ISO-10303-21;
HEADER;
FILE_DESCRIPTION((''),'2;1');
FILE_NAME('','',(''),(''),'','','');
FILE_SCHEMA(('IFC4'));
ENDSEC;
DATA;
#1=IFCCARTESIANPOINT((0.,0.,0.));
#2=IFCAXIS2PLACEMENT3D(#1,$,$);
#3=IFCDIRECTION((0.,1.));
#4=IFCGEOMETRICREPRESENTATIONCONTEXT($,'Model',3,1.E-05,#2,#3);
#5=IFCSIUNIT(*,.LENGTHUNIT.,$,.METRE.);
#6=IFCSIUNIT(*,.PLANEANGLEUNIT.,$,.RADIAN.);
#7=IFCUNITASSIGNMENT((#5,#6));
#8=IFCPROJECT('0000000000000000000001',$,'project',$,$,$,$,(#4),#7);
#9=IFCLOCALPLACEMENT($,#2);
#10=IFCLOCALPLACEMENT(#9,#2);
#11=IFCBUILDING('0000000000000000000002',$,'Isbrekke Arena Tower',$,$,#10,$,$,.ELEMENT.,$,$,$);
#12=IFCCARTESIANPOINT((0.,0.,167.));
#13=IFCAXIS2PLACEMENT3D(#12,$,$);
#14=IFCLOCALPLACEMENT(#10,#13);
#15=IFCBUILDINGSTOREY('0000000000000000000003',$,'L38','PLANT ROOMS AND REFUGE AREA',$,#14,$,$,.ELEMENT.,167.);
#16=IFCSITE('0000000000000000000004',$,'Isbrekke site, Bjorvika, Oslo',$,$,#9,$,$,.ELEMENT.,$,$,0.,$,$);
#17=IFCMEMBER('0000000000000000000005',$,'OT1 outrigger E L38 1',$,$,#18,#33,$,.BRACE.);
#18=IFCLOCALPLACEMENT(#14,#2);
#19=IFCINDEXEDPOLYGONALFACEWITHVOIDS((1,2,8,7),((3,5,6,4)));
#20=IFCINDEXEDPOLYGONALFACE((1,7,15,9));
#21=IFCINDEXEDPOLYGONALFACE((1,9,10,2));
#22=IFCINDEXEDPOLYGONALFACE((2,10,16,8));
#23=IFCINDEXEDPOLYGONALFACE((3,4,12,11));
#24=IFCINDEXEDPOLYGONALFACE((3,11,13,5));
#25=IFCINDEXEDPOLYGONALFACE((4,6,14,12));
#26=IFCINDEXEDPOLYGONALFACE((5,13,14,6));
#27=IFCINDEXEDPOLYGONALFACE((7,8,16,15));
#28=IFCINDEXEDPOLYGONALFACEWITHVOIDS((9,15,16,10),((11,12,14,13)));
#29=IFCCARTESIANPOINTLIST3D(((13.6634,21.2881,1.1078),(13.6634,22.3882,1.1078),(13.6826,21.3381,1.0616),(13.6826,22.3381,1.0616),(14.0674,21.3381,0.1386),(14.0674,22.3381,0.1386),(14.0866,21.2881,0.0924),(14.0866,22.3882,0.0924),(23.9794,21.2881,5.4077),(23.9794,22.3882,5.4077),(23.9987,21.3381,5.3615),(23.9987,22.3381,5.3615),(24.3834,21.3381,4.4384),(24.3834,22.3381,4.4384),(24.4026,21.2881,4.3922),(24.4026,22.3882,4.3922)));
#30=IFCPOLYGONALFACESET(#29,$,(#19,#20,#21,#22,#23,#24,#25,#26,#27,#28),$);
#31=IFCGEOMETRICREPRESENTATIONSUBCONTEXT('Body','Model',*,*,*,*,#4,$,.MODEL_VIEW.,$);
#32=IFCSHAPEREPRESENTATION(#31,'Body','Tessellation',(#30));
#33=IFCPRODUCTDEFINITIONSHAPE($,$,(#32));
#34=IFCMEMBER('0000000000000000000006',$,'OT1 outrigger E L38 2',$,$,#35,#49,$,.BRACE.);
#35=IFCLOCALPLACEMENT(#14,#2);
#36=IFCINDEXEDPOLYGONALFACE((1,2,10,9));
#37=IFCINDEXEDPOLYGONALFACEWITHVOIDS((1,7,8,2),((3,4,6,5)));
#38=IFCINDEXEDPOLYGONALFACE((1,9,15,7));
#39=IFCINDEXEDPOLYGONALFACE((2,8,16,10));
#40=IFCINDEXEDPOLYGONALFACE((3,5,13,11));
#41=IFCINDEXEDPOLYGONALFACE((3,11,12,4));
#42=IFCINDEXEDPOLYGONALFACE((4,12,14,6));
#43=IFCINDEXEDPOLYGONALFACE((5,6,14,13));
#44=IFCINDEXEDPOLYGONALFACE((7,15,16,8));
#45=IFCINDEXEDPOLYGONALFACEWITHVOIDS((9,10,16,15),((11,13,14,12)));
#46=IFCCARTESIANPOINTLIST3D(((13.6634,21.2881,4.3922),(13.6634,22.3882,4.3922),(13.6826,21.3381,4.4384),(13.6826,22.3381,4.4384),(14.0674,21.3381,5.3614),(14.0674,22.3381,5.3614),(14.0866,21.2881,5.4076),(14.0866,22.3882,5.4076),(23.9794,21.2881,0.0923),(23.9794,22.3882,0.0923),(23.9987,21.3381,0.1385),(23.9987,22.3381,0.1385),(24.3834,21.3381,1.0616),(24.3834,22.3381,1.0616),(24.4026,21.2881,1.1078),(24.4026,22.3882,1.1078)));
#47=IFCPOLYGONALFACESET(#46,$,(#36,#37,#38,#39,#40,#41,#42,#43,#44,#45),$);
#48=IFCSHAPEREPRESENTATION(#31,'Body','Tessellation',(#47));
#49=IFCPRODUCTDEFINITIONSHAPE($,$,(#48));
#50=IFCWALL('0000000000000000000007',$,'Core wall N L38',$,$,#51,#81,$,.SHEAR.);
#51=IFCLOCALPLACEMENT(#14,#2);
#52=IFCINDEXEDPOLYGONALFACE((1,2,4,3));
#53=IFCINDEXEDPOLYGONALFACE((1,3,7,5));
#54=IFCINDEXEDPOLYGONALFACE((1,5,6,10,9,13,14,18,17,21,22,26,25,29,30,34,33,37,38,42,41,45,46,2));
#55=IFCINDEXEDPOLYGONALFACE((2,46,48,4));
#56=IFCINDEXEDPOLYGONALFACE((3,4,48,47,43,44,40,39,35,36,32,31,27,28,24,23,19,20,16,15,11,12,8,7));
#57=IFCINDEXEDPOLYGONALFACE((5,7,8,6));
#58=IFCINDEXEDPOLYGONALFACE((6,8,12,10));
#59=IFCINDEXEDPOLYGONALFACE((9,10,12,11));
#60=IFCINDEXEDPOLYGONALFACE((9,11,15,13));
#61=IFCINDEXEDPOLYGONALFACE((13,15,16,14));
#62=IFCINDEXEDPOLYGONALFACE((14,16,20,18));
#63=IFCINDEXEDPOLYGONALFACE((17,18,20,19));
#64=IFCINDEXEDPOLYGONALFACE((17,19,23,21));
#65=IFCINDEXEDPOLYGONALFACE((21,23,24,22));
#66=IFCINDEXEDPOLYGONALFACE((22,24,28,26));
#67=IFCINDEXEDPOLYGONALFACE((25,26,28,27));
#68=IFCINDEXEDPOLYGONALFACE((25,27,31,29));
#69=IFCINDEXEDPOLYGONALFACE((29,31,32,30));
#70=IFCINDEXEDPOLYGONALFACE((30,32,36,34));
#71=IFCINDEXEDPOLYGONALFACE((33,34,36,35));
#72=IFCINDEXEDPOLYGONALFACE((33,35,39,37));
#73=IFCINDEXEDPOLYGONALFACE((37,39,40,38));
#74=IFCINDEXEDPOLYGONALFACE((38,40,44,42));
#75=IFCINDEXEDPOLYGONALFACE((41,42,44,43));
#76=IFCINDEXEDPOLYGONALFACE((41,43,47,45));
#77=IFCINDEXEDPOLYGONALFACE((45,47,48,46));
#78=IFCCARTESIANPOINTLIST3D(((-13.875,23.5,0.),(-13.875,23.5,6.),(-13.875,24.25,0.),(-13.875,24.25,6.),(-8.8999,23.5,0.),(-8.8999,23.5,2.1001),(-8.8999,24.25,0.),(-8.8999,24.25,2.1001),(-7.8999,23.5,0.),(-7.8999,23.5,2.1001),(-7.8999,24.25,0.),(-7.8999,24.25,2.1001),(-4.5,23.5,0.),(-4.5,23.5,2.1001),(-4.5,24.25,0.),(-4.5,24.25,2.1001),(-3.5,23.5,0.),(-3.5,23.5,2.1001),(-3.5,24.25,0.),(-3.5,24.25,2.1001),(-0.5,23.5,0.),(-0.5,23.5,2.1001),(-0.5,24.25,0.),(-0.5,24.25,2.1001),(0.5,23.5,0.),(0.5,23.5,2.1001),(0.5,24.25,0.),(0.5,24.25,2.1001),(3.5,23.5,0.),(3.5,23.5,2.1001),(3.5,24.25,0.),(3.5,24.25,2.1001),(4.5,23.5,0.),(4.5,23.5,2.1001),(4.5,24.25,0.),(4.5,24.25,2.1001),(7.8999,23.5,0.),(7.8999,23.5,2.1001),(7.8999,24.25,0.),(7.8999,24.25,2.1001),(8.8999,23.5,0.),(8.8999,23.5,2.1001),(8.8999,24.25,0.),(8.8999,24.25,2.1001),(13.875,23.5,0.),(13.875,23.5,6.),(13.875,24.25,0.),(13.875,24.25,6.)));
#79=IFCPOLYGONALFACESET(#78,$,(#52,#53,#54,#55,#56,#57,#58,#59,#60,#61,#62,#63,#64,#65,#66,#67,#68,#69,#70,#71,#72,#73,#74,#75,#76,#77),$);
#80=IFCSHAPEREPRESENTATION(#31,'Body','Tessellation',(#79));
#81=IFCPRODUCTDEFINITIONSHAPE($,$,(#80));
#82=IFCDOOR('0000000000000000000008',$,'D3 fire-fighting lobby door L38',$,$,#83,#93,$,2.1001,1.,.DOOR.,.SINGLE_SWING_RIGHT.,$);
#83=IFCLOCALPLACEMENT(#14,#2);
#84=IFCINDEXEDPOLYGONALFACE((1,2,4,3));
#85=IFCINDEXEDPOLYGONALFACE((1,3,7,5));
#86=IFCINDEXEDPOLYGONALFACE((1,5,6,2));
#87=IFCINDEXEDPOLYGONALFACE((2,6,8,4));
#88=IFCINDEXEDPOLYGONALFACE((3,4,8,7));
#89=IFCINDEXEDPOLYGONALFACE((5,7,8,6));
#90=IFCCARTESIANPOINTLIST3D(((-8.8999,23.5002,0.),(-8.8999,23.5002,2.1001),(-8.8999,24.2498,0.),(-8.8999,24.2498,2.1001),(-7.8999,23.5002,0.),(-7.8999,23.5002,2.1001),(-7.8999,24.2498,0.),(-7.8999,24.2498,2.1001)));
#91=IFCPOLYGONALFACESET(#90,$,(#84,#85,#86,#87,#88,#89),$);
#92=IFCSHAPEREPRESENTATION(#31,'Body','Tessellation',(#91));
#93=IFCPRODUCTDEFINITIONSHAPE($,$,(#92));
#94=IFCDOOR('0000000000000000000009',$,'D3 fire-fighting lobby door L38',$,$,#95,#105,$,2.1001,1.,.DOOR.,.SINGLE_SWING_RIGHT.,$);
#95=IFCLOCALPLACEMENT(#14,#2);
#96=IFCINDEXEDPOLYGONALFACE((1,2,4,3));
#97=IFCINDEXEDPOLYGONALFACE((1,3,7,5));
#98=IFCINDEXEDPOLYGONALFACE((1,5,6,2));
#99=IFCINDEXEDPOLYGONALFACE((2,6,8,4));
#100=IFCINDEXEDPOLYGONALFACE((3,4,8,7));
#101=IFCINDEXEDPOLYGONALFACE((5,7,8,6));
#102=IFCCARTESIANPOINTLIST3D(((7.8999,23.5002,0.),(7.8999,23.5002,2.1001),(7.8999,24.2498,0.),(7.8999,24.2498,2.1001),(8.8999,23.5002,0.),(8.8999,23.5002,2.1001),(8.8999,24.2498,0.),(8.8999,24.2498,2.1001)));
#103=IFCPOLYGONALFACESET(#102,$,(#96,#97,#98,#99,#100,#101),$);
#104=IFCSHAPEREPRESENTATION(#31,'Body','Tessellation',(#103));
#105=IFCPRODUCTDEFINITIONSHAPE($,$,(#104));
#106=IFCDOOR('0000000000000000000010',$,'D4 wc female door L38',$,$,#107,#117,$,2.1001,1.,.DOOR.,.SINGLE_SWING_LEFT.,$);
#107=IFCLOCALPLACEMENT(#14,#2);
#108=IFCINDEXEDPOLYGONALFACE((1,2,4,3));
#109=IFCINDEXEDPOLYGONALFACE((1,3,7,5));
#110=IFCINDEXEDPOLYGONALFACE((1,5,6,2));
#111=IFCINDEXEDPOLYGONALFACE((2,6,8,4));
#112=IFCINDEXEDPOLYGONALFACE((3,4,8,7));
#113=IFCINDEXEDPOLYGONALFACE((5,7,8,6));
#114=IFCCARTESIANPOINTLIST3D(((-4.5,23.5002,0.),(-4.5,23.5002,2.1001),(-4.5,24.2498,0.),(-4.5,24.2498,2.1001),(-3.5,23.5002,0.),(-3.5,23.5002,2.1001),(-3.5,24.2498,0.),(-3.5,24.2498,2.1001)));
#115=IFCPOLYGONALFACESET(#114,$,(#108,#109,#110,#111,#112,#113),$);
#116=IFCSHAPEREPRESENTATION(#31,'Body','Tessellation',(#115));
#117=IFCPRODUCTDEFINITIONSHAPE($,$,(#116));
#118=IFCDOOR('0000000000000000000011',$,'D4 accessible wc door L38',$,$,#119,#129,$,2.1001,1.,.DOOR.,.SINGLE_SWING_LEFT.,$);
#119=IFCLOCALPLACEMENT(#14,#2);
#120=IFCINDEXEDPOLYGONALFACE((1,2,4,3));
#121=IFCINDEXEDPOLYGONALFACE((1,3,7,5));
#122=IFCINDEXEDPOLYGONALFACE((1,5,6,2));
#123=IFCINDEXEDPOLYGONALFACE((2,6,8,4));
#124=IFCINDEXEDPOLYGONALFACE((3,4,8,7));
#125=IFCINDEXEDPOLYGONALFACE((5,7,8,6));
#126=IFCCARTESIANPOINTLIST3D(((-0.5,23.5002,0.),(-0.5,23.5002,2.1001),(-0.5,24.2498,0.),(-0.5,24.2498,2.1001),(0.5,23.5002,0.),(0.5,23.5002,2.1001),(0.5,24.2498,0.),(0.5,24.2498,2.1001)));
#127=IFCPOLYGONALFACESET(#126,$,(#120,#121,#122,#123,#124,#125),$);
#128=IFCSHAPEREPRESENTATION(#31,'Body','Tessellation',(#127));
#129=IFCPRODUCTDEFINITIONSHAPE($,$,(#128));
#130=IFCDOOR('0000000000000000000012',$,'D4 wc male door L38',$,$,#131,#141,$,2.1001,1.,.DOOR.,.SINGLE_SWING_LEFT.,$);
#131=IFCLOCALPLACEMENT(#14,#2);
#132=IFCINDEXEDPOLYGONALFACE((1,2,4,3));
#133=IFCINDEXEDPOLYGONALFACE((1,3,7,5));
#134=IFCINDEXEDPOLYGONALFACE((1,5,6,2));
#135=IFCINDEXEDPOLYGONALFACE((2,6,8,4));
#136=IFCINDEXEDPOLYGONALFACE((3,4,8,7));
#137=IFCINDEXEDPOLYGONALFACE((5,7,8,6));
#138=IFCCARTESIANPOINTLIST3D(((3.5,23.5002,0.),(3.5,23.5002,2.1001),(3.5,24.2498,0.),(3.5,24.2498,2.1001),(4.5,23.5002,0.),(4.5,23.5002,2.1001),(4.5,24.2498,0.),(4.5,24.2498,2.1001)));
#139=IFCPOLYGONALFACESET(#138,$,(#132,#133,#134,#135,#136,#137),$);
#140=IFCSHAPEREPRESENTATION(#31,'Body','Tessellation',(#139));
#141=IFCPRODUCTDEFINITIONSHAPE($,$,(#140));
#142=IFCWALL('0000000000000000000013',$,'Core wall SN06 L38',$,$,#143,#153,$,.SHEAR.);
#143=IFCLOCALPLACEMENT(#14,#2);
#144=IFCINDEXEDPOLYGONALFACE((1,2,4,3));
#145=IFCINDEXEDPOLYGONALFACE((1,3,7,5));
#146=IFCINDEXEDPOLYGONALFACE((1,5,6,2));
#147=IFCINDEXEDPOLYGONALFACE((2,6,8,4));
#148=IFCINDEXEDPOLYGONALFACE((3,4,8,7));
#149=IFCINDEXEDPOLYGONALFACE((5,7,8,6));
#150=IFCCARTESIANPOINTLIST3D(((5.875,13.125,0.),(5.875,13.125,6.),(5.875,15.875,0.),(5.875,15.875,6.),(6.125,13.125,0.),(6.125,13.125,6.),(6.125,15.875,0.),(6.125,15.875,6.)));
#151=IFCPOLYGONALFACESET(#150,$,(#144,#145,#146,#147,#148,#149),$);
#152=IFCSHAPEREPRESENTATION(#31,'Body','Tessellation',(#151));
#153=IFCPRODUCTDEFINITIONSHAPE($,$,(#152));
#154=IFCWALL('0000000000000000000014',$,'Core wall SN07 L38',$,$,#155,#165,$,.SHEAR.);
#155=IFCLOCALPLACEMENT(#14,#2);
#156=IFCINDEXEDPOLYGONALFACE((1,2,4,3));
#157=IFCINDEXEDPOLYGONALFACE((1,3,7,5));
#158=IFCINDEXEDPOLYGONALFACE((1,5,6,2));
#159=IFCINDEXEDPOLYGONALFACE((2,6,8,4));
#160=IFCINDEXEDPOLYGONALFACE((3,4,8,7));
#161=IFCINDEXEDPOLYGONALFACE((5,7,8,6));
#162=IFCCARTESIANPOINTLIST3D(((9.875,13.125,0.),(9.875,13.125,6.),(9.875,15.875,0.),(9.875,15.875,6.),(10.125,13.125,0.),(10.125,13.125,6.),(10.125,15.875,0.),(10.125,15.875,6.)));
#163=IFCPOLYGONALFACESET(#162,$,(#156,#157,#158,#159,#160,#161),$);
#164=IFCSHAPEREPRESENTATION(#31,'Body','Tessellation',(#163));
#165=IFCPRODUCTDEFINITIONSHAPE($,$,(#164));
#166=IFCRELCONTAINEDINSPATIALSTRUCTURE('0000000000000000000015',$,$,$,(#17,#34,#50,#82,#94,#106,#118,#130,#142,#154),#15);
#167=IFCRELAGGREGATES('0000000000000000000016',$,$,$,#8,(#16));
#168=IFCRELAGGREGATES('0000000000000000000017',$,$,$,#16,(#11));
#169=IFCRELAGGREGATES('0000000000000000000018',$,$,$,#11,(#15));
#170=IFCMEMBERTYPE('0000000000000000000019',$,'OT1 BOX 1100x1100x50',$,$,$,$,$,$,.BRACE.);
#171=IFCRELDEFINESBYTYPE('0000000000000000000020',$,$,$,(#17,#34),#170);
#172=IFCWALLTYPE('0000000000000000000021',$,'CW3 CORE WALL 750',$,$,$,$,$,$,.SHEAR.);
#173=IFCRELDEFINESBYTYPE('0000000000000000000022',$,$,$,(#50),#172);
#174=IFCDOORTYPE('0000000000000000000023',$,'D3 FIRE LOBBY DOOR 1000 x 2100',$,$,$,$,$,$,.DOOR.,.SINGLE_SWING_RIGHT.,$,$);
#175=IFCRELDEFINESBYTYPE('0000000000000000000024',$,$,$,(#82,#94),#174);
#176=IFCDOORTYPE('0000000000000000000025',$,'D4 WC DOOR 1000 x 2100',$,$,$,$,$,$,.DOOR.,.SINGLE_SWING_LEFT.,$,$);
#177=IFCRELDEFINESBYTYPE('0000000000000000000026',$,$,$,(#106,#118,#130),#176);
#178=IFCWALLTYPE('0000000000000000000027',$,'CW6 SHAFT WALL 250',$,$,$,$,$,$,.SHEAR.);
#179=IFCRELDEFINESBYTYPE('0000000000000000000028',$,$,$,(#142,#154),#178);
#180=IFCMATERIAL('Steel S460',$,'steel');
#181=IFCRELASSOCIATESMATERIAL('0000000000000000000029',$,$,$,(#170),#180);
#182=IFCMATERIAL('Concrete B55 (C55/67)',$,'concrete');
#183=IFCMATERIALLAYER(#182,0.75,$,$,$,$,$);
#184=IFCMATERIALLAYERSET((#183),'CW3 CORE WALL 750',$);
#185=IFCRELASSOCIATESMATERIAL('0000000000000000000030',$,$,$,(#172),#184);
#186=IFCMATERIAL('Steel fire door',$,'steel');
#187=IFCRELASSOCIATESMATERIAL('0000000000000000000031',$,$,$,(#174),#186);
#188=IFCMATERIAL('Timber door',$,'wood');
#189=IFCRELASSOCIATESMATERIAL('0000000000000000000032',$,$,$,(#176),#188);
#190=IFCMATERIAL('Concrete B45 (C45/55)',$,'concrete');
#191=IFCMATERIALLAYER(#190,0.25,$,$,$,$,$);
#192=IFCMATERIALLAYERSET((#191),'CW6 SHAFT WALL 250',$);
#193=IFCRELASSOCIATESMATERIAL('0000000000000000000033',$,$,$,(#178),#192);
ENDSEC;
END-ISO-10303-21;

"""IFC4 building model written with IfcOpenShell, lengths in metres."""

from ifc_helpers import new_model, si_unit, direction, frame, frame_2d, origin, origin_2d, place, context, subcontext, project, spatial, rectangle, hollow_rectangle, extrude, material, layer, layer_set, material_profile, profile_set, type_object, element, fill, save


model = new_model("IFC4")

# Units and contexts
model_context = context("Model", 3, precision=1e-05, world=origin(), true_north=direction((0.0, 1.0)))
body_context = subcontext(model_context, "Body", "Model", "MODEL_VIEW")
ifc_project = project(units=[si_unit("LENGTHUNIT", "METRE"), si_unit("PLANEANGLEUNIT", "RADIAN")], contexts=[model_context])

# Site, building, storey
site_placement = place(None, origin())
site = spatial("IfcSite", under=ifc_project, at=site_placement, Name="Isbrekke site, Bjorvika, Oslo", CompositionType="ELEMENT", RefElevation=0.0)
building_placement = place(site_placement, origin())
building = spatial("IfcBuilding", under=site, at=building_placement, Name="Isbrekke Arena Tower", CompositionType="ELEMENT")
storey_placement = place(building_placement, frame((0.0, 0.0, 167.0)))
storey = spatial("IfcBuildingStorey", under=building, at=storey_placement, Name="L38", Description="PLANT ROOMS AND REFUGE AREA", CompositionType="ELEMENT", Elevation=167.0)

# Members
ifc_material_1 = material(Name="Steel S460", Category="steel")
ifc_material_profile = material_profile(ifc_material_1, hollow_rectangle(XDim=1.1001, YDim=1.1001, WallThickness=0.05, at=origin_2d()), Name="BOX 1100x1100x50")
ifc_profile_set = profile_set([ifc_material_profile], Name="Steel S460")
member_type = type_object("IfcMemberType", Name="OT1 BOX 1100x1100x50", PredefinedType="BRACE", material=ifc_profile_set)
for number, where, z_axis, x_axis, name in (
    (1, (13.875, 21.8381, 0.6001), (0.923029, 0.0, 0.38473), (0.0, 1.0, 0.0), "OT1 outrigger E L38 1"),
    (2, (13.875, 21.8381, 4.8999), (0.923029, 0.0, -0.38473), (0.0, 1.0, 0.0), "OT1 outrigger E L38 2"),
):
    element("IfcMember", number, at=place(storey_placement, frame(where, z_axis=z_axis, x_axis=x_axis)), inside=storey, type_object=member_type, Name=name, PredefinedType="BRACE", context=body_context, shape_type="SweptSolid", body=[
        extrude(hollow_rectangle(XDim=1.1001, YDim=1.1001, WallThickness=0.05, at=origin_2d()), origin(), (0.0, 0.0, 1.0), 11.1763),
    ])

# Wall, openings, doors
ifc_material_2 = material(Name="Concrete B55 (C55/67)", Category="concrete")
ifc_layer_1 = layer(ifc_material_2, 0.75)
ifc_layer_set_1 = layer_set([ifc_layer_1], Name="CW3 CORE WALL 750")
wall_type_1 = type_object("IfcWallType", Name="CW3 CORE WALL 750", PredefinedType="SHEAR", material=ifc_layer_set_1)
wall_1_placement = place(storey_placement, frame((13.875, 23.875, 0.0), z_axis=(0.0, 0.0, 1.0), x_axis=(-1.0, 0.0, 0.0)))
wall_1 = element("IfcWall", 3, at=wall_1_placement, inside=storey, type_object=wall_type_1, Name="Core wall N L38", PredefinedType="SHEAR", context=body_context, shape_type="SweptSolid", body=[
    extrude(rectangle(XDim=27.75, YDim=0.75, at=frame_2d((13.875, 0.0))), origin(), (0.0, 0.0, 1.0), 6.0),
])
opening_1_placement = place(wall_1_placement, frame((21.7749, 0.0, 0.0)))
opening_1 = element("IfcOpeningElement", 4, at=opening_1_placement, cuts=wall_1, PredefinedType="OPENING", context=body_context, shape_type="SweptSolid", body=[
    extrude(rectangle(XDim=1.0, YDim=2.1001, at=frame_2d((0.5, 1.05))), frame((0.0, 0.3899, 0.0), z_axis=(0.0, -1.0, 0.0), x_axis=(1.0, 0.0, 0.0)), (0.0, 0.0, 1.0), 0.7798),
])
opening_2_placement = place(wall_1_placement, frame((4.9751, 0.0, 0.0)))
opening_2 = element("IfcOpeningElement", 5, at=opening_2_placement, cuts=wall_1, PredefinedType="OPENING", context=body_context, shape_type="SweptSolid", body=[
    extrude(rectangle(XDim=1.0, YDim=2.1001, at=frame_2d((0.5, 1.05))), frame((0.0, 0.3899, 0.0), z_axis=(0.0, -1.0, 0.0), x_axis=(1.0, 0.0, 0.0)), (0.0, 0.0, 1.0), 0.7798),
])
opening_3_placement = place(wall_1_placement, frame((17.375, 0.0, 0.0)))
opening_3 = element("IfcOpeningElement", 6, at=opening_3_placement, cuts=wall_1, PredefinedType="OPENING", context=body_context, shape_type="SweptSolid", body=[
    extrude(rectangle(XDim=1.0, YDim=2.1001, at=frame_2d((0.5, 1.05))), frame((0.0, 0.3899, 0.0), z_axis=(0.0, -1.0, 0.0), x_axis=(1.0, 0.0, 0.0)), (0.0, 0.0, 1.0), 0.7798),
])
opening_4_placement = place(wall_1_placement, frame((13.375, 0.0, 0.0)))
opening_4 = element("IfcOpeningElement", 7, at=opening_4_placement, cuts=wall_1, PredefinedType="OPENING", context=body_context, shape_type="SweptSolid", body=[
    extrude(rectangle(XDim=1.0, YDim=2.1001, at=frame_2d((0.5, 1.05))), frame((0.0, 0.3899, 0.0), z_axis=(0.0, -1.0, 0.0), x_axis=(1.0, 0.0, 0.0)), (0.0, 0.0, 1.0), 0.7798),
])
opening_5_placement = place(wall_1_placement, frame((9.375, 0.0, 0.0)))
opening_5 = element("IfcOpeningElement", 8, at=opening_5_placement, cuts=wall_1, PredefinedType="OPENING", context=body_context, shape_type="SweptSolid", body=[
    extrude(rectangle(XDim=1.0, YDim=2.1001, at=frame_2d((0.5, 1.05))), frame((0.0, 0.3899, 0.0), z_axis=(0.0, -1.0, 0.0), x_axis=(1.0, 0.0, 0.0)), (0.0, 0.0, 1.0), 0.7798),
])
ifc_material_3 = material(Name="Steel fire door", Category="steel")
door_type_1 = type_object("IfcDoorType", Name="D3 FIRE LOBBY DOOR 1000 x 2100", OperationType="SINGLE_SWING_RIGHT", PredefinedType="DOOR", material=ifc_material_3)
door_1_placement = place(opening_1_placement, origin())
door_1 = element("IfcDoor", 9, at=door_1_placement, inside=storey, type_object=door_type_1, Name="D3 fire-fighting lobby door L38", OperationType="SINGLE_SWING_RIGHT", OverallHeight=2.1001, OverallWidth=1.0, PredefinedType="DOOR", context=body_context, shape_type="SweptSolid", body=[
    extrude(rectangle(XDim=1.0, YDim=2.1001, at=frame_2d((0.5, 1.05))), frame((0.0, 0.3748, 0.0), z_axis=(0.0, -1.0, 0.0), x_axis=(1.0, 0.0, 0.0)), (0.0, 0.0, 1.0), 0.7495),
])
fill(opening_1, door_1)
door_2_placement = place(opening_2_placement, origin())
door_2 = element("IfcDoor", 10, at=door_2_placement, inside=storey, type_object=door_type_1, Name="D3 fire-fighting lobby door L38", OperationType="SINGLE_SWING_RIGHT", OverallHeight=2.1001, OverallWidth=1.0, PredefinedType="DOOR", context=body_context, shape_type="SweptSolid", body=[
    extrude(rectangle(XDim=1.0, YDim=2.1001, at=frame_2d((0.5, 1.05))), frame((0.0, 0.3748, 0.0), z_axis=(0.0, -1.0, 0.0), x_axis=(1.0, 0.0, 0.0)), (0.0, 0.0, 1.0), 0.7495),
])
fill(opening_2, door_2)
ifc_material_4 = material(Name="Timber door", Category="wood")
door_type_2 = type_object("IfcDoorType", Name="D4 WC DOOR 1000 x 2100", OperationType="SINGLE_SWING_LEFT", PredefinedType="DOOR", material=ifc_material_4)
door_3_placement = place(opening_3_placement, origin())
door_3 = element("IfcDoor", 11, at=door_3_placement, inside=storey, type_object=door_type_2, Name="D4 wc female door L38", OperationType="SINGLE_SWING_LEFT", OverallHeight=2.1001, OverallWidth=1.0, PredefinedType="DOOR", context=body_context, shape_type="SweptSolid", body=[
    extrude(rectangle(XDim=1.0, YDim=2.1001, at=frame_2d((0.5, 1.05))), frame((0.0, 0.3748, 0.0), z_axis=(0.0, -1.0, 0.0), x_axis=(1.0, 0.0, 0.0)), (0.0, 0.0, 1.0), 0.7495),
])
fill(opening_3, door_3)
door_4_placement = place(opening_4_placement, origin())
door_4 = element("IfcDoor", 12, at=door_4_placement, inside=storey, type_object=door_type_2, Name="D4 accessible wc door L38", OperationType="SINGLE_SWING_LEFT", OverallHeight=2.1001, OverallWidth=1.0, PredefinedType="DOOR", context=body_context, shape_type="SweptSolid", body=[
    extrude(rectangle(XDim=1.0, YDim=2.1001, at=frame_2d((0.5, 1.05))), frame((0.0, 0.3748, 0.0), z_axis=(0.0, -1.0, 0.0), x_axis=(1.0, 0.0, 0.0)), (0.0, 0.0, 1.0), 0.7495),
])
fill(opening_4, door_4)
door_5_placement = place(opening_5_placement, origin())
door_5 = element("IfcDoor", 13, at=door_5_placement, inside=storey, type_object=door_type_2, Name="D4 wc male door L38", OperationType="SINGLE_SWING_LEFT", OverallHeight=2.1001, OverallWidth=1.0, PredefinedType="DOOR", context=body_context, shape_type="SweptSolid", body=[
    extrude(rectangle(XDim=1.0, YDim=2.1001, at=frame_2d((0.5, 1.05))), frame((0.0, 0.3748, 0.0), z_axis=(0.0, -1.0, 0.0), x_axis=(1.0, 0.0, 0.0)), (0.0, 0.0, 1.0), 0.7495),
])
fill(opening_5, door_5)

# Walls
ifc_material_5 = material(Name="Concrete B45 (C45/55)", Category="concrete")
ifc_layer_2 = layer(ifc_material_5, 0.25)
ifc_layer_set_2 = layer_set([ifc_layer_2], Name="CW6 SHAFT WALL 250")
wall_type_2 = type_object("IfcWallType", Name="CW6 SHAFT WALL 250", PredefinedType="SHEAR", material=ifc_layer_set_2)
for number, where, z_axis, x_axis, name in (
    (14, (6.0, 13.125, 0.0), (0.0, 0.0, 1.0), (0.0, 1.0, 0.0), "Core wall SN06 L38"),
    (15, (10.0, 13.125, 0.0), (0.0, 0.0, 1.0), (0.0, 1.0, 0.0), "Core wall SN07 L38"),
):
    element("IfcWall", number, at=place(storey_placement, frame(where, z_axis=z_axis, x_axis=x_axis)), inside=storey, type_object=wall_type_2, Name=name, PredefinedType="SHEAR", context=body_context, shape_type="SweptSolid", body=[
        extrude(rectangle(XDim=2.75, YDim=0.25, at=frame_2d((1.375, 0.0))), origin(), (0.0, 0.0, 1.0), 6.0),
    ])

save(model, "model.ifc")
